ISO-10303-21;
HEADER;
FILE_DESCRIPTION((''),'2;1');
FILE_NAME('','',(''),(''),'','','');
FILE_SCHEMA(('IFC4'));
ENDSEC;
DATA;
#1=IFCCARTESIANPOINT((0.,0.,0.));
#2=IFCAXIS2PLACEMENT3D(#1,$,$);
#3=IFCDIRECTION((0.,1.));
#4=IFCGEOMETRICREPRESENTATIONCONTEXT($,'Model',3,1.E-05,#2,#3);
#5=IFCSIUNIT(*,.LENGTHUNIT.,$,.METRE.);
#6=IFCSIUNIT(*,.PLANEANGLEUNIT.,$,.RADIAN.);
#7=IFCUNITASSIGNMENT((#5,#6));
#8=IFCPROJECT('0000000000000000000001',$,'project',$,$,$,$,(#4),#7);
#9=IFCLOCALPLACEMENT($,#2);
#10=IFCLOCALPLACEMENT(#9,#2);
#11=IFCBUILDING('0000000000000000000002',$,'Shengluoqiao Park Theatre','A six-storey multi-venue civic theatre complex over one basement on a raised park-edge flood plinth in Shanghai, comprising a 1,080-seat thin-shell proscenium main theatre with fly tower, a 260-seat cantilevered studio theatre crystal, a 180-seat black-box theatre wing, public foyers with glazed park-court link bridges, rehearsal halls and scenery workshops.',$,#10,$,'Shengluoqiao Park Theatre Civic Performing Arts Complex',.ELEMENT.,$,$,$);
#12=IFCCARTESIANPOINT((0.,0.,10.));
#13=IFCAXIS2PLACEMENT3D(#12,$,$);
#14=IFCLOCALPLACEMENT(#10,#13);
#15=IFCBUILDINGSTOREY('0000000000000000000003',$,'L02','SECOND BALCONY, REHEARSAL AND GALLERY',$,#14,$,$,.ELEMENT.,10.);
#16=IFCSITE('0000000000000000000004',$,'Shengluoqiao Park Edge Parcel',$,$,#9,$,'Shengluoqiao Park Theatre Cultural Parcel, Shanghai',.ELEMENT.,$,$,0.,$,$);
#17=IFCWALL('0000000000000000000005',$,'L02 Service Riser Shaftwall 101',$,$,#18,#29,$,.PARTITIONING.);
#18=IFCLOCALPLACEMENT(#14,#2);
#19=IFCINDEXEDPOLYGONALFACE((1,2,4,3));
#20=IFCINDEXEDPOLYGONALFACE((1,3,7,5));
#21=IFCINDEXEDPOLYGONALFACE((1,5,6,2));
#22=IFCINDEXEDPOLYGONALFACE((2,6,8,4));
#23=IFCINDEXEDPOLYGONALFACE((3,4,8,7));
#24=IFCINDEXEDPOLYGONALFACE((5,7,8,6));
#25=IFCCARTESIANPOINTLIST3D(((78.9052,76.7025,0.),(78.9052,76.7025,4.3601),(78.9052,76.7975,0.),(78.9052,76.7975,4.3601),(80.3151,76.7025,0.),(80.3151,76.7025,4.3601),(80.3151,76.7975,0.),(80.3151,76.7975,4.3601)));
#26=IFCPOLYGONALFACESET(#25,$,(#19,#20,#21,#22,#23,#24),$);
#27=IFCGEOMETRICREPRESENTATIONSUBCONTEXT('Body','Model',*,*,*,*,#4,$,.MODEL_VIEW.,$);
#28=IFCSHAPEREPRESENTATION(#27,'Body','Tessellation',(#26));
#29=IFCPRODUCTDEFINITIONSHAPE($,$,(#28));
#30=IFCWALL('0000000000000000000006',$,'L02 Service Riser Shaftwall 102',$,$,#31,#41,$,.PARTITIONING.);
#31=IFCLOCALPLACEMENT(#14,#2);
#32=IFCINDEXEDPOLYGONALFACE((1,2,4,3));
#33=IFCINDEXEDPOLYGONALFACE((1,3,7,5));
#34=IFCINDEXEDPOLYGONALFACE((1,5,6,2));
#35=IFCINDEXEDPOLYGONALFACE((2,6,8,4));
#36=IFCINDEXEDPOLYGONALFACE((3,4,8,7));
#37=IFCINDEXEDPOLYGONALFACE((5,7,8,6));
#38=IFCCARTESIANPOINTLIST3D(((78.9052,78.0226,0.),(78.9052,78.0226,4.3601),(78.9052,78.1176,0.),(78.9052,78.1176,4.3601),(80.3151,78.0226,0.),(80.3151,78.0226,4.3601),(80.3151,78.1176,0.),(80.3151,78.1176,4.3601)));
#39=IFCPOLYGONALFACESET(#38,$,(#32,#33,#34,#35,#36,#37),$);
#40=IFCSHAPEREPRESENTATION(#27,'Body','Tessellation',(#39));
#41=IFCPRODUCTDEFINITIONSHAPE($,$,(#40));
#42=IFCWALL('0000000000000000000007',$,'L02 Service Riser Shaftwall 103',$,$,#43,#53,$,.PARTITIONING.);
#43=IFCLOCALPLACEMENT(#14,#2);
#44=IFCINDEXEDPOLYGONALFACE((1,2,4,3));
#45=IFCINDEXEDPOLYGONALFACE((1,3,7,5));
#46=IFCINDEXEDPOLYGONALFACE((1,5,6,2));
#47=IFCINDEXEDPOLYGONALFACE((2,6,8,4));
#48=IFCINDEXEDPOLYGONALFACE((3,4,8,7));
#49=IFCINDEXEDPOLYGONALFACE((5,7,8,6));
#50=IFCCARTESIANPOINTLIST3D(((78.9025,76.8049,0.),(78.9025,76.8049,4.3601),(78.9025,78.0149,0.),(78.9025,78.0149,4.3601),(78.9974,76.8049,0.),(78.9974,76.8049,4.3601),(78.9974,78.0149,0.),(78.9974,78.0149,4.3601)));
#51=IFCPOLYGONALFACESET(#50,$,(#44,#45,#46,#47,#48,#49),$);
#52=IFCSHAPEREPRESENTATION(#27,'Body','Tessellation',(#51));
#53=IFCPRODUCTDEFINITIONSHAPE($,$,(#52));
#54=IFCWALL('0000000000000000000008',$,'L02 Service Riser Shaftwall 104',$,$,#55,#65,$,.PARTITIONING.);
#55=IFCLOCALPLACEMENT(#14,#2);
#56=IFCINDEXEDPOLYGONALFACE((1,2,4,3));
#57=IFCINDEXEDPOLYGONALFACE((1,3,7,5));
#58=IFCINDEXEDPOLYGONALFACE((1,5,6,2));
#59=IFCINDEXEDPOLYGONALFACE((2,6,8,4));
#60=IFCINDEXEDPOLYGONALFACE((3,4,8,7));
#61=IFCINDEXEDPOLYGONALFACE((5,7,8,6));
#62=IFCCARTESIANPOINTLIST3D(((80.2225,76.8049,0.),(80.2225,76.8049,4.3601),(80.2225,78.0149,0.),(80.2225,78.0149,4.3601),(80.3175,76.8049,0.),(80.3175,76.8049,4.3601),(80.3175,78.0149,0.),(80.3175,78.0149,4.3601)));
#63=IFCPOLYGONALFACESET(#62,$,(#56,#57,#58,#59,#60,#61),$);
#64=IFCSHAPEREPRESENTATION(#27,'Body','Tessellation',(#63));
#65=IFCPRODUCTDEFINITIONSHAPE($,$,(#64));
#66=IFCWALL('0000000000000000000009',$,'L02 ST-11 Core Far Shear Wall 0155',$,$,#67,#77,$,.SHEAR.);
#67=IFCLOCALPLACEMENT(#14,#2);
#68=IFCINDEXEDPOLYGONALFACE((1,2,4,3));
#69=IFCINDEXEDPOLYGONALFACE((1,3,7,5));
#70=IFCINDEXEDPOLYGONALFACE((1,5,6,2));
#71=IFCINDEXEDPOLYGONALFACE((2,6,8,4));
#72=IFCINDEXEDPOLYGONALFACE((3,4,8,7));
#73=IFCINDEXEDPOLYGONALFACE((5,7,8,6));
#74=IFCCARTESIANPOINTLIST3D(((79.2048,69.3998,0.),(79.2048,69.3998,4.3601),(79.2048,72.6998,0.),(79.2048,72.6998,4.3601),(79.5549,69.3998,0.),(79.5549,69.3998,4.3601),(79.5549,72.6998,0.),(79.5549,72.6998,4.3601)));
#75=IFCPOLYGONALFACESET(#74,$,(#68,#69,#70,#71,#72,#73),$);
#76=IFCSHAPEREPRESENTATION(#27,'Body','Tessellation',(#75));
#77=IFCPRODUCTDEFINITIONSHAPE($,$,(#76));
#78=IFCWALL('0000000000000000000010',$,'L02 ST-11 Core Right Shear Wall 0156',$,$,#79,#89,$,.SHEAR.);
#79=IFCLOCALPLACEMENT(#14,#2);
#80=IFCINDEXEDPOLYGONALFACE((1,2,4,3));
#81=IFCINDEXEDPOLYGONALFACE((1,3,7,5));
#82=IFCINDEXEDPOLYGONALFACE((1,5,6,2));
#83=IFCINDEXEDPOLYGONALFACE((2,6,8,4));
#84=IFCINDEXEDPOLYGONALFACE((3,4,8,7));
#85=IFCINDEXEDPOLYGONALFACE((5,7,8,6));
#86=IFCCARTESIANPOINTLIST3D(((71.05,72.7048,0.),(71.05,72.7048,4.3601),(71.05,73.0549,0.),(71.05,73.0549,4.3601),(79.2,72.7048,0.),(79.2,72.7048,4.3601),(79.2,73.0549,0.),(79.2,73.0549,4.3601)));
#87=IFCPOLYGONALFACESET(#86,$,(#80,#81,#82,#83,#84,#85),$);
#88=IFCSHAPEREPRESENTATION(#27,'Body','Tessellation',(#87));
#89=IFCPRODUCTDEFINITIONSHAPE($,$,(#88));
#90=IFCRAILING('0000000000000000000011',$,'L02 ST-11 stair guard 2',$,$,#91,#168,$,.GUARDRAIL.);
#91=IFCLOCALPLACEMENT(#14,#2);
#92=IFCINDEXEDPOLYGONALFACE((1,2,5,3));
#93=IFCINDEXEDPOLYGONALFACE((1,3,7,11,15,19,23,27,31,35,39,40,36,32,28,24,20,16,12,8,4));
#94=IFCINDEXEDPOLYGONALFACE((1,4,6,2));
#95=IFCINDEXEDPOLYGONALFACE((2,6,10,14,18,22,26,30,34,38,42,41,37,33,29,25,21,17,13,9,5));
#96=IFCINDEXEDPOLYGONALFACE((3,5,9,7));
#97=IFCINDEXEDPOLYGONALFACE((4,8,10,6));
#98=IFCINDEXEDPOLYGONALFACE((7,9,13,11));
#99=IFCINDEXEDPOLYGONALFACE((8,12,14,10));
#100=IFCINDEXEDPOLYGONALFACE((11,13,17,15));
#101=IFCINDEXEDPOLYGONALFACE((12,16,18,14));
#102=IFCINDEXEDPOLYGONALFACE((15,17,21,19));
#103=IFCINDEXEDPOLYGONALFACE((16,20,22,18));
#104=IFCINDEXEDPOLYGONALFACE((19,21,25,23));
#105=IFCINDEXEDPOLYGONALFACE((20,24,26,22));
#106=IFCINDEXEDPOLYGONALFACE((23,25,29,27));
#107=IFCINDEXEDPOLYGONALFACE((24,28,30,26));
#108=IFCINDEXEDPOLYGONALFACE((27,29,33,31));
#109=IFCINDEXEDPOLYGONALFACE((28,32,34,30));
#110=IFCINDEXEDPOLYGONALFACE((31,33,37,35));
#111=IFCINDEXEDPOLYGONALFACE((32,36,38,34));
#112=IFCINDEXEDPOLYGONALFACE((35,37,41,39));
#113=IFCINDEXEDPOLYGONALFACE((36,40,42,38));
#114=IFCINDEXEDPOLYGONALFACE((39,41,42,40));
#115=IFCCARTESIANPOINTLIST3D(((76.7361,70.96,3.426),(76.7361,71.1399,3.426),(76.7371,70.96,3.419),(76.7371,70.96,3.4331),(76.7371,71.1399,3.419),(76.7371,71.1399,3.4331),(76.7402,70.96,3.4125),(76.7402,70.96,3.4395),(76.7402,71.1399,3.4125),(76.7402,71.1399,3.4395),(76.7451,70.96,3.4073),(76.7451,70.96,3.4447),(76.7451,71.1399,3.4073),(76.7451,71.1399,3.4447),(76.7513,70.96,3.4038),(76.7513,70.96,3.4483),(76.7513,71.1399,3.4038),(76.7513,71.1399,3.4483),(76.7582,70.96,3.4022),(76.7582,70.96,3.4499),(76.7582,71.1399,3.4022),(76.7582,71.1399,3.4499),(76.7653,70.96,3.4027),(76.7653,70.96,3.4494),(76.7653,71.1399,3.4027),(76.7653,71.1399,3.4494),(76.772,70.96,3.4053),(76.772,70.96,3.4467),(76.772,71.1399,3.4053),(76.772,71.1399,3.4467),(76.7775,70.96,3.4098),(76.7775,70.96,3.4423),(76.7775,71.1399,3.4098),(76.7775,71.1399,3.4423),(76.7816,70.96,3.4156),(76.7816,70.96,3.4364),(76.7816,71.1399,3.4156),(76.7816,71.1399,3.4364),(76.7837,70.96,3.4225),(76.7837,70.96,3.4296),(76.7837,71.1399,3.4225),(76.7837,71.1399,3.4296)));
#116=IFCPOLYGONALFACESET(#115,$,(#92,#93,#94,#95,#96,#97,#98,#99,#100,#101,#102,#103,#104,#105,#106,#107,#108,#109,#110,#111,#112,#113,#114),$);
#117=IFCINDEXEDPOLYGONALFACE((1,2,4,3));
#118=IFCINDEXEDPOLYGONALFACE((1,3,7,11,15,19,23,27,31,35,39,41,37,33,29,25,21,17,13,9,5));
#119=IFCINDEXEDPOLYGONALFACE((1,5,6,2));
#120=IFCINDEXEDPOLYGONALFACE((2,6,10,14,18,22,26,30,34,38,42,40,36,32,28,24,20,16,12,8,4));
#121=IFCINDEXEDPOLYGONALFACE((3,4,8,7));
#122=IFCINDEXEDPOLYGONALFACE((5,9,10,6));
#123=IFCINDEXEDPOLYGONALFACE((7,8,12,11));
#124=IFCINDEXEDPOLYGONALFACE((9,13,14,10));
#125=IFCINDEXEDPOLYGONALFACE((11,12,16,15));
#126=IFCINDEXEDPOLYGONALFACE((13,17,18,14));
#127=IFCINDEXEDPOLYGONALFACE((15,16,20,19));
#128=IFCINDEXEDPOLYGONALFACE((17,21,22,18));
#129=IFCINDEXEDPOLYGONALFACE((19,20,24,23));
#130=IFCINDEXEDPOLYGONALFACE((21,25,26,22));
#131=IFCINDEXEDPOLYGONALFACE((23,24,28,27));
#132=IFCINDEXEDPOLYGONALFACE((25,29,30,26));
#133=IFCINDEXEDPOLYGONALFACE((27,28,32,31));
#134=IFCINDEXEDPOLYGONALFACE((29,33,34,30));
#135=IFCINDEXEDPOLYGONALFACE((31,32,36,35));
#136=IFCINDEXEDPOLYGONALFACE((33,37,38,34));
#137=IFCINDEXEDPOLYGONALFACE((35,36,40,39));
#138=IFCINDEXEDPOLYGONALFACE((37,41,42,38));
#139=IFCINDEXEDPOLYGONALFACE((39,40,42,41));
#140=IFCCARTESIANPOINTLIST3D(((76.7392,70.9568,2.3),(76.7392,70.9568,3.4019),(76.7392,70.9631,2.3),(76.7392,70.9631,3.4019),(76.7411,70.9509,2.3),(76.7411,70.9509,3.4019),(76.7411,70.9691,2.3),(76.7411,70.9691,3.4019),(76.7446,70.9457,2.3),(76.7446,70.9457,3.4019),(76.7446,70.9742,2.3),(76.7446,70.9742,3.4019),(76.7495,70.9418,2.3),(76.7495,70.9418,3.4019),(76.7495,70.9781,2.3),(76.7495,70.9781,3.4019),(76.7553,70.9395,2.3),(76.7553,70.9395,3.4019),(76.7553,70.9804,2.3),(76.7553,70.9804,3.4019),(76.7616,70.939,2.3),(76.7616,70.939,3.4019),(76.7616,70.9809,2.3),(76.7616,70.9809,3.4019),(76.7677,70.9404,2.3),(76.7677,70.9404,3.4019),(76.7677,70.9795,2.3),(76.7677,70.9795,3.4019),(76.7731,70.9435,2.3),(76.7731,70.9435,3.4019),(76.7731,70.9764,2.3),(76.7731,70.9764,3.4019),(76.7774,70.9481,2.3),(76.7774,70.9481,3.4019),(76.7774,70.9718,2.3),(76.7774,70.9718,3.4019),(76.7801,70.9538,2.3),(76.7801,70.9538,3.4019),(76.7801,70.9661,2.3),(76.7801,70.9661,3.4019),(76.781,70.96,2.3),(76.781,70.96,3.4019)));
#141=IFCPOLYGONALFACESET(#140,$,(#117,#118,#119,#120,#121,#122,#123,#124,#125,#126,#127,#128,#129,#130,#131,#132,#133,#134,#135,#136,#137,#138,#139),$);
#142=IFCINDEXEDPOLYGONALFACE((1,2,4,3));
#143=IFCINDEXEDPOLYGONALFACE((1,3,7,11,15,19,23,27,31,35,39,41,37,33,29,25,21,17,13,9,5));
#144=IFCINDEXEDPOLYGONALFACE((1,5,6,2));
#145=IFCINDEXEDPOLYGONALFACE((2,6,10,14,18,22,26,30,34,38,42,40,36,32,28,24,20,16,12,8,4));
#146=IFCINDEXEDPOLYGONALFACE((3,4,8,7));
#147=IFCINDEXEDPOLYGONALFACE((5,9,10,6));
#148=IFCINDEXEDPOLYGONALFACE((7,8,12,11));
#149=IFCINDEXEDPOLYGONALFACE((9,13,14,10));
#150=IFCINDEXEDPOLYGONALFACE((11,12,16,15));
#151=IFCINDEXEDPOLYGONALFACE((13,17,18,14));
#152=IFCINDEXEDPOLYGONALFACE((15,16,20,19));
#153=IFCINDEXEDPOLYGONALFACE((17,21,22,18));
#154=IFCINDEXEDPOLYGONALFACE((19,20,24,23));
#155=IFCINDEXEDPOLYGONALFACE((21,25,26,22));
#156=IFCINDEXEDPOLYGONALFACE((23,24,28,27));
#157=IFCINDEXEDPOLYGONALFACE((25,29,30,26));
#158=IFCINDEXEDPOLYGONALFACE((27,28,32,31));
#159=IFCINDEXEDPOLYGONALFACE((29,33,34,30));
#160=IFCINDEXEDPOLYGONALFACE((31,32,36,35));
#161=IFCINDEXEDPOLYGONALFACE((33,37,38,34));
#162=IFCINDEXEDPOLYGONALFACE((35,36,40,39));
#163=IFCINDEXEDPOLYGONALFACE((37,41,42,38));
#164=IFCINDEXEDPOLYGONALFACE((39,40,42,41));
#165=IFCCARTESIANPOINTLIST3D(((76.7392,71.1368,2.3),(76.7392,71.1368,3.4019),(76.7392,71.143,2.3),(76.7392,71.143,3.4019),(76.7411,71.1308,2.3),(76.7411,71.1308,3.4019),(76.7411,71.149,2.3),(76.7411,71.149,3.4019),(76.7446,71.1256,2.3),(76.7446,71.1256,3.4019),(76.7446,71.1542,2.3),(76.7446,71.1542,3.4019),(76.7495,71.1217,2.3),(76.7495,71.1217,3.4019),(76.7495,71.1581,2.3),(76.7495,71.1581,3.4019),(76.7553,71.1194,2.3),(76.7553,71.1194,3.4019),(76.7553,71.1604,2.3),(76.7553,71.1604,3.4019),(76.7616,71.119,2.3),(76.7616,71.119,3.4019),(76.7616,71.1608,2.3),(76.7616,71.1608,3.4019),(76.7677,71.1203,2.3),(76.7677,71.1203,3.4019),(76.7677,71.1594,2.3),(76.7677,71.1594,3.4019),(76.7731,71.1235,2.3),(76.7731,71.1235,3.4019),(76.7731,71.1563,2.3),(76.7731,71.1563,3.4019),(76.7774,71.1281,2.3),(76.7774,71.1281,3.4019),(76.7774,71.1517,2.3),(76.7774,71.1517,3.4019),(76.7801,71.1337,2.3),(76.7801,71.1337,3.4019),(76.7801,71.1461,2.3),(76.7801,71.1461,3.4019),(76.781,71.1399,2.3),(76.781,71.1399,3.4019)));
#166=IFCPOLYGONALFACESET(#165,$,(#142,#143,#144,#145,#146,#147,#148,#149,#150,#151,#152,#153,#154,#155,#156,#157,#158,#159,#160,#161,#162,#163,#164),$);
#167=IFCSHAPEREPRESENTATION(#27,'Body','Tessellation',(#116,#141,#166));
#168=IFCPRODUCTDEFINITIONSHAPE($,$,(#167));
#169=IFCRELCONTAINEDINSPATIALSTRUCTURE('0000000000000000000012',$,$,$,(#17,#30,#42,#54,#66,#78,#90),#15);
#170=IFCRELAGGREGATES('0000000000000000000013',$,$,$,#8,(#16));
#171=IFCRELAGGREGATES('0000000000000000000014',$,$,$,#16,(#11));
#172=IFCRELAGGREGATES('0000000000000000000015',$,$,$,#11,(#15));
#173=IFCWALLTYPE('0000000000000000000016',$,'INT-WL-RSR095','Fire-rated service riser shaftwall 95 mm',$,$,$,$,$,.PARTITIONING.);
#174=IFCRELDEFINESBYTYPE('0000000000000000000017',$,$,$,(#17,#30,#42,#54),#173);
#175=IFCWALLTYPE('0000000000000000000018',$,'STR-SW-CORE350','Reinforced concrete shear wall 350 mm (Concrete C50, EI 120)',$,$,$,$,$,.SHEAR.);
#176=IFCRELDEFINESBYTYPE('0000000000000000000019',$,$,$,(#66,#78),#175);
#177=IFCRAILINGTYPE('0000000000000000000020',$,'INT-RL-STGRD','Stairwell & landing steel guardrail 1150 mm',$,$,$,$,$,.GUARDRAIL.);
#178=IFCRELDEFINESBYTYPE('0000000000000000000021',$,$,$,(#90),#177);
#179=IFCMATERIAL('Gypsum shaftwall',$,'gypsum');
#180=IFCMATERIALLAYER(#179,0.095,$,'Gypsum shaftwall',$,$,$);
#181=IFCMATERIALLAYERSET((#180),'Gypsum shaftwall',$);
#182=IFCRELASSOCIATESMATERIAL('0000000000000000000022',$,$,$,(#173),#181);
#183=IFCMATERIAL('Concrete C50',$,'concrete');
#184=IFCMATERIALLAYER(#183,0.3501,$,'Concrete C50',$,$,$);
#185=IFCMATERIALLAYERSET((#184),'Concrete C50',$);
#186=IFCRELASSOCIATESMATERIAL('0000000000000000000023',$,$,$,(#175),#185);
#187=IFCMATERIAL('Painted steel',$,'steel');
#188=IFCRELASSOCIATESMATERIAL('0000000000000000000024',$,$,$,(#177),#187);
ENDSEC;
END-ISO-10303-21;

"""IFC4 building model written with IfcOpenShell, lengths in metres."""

from ifc_helpers import new_model, si_unit, direction, frame, frame_2d, origin, origin_2d, place, context, subcontext, project, spatial, rectangle, circle, extrude, material, layer, layer_set, type_object, element, save


model = new_model("IFC4")

# Units and contexts
model_context = context("Model", 3, precision=1e-05, world=origin(), true_north=direction((0.0, 1.0)))
body_context = subcontext(model_context, "Body", "Model", "MODEL_VIEW")
ifc_project = project(units=[si_unit("LENGTHUNIT", "METRE"), si_unit("PLANEANGLEUNIT", "RADIAN")], contexts=[model_context])

# Site, building, storey
site_placement = place(None, origin())
site = spatial("IfcSite", under=ifc_project, at=site_placement, Name="Shengluoqiao Park Edge Parcel", LongName="Shengluoqiao Park Theatre Cultural Parcel, Shanghai", CompositionType="ELEMENT", RefElevation=0.0)
building_placement = place(site_placement, origin())
building = spatial("IfcBuilding", under=site, at=building_placement, Name="Shengluoqiao Park Theatre", Description="A six-storey multi-venue civic theatre complex over one basement on a raised park-edge flood plinth in Shanghai, comprising a 1,080-seat thin-shell proscenium main theatre with fly tower, a 260-seat cantilevered studio theatre crystal, a 180-seat black-box theatre wing, public foyers with glazed park-court link bridges, rehearsal halls and scenery workshops.", LongName="Shengluoqiao Park Theatre Civic Performing Arts Complex", CompositionType="ELEMENT")
storey_placement = place(building_placement, frame((0.0, 0.0, 10.0)))
storey = spatial("IfcBuildingStorey", under=building, at=storey_placement, Name="L02", Description="SECOND BALCONY, REHEARSAL AND GALLERY", CompositionType="ELEMENT", Elevation=10.0)

# Shared definitions
ifc_material_1 = material(Name="Concrete C50", Category="concrete")

# Walls
ifc_material_2 = material(Name="Gypsum shaftwall", Category="gypsum")
ifc_layer_1 = layer(ifc_material_2, 0.095, Name="Gypsum shaftwall")
ifc_layer_set_1 = layer_set([ifc_layer_1], Name="Gypsum shaftwall")
wall_type_1 = type_object("IfcWallType", Name="INT-WL-RSR095", Description="Fire-rated service riser shaftwall 95 mm", PredefinedType="PARTITIONING", material=ifc_layer_set_1)
for number, where, z_axis, x_axis, name in (
    (1, (78.905, 76.75, 0.0), (0.0, 0.0, 1.0), (1.0, 0.0, 0.0), "L02 Service Riser Shaftwall 101"),
    (2, (78.905, 78.0701, 0.0), (0.0, 0.0, 1.0), (1.0, 0.0, 0.0), "L02 Service Riser Shaftwall 102"),
):
    element("IfcWall", number, at=place(storey_placement, frame(where, z_axis=z_axis, x_axis=x_axis)), inside=storey, type_object=wall_type_1, Name=name, PredefinedType="PARTITIONING", context=body_context, shape_type="SweptSolid", body=[
        extrude(rectangle(XDim=1.4099, YDim=0.095, at=frame_2d((0.7051, 0.0))), origin(), (0.0, 0.0, 1.0), 4.3601),
    ])
for number, where, z_axis, x_axis, name in (
    (3, (78.95, 76.8049, 0.0), (0.0, 0.0, 1.0), (0.0, 1.0, 0.0), "L02 Service Riser Shaftwall 103"),
    (4, (80.27, 76.8049, 0.0), (0.0, 0.0, 1.0), (0.0, 1.0, 0.0), "L02 Service Riser Shaftwall 104"),
):
    element("IfcWall", number, at=place(storey_placement, frame(where, z_axis=z_axis, x_axis=x_axis)), inside=storey, type_object=wall_type_1, Name=name, PredefinedType="PARTITIONING", context=body_context, shape_type="SweptSolid", body=[
        extrude(rectangle(XDim=1.21, YDim=0.095, at=frame_2d((0.605, 0.0))), origin(), (0.0, 0.0, 1.0), 4.3601),
    ])
ifc_layer_2 = layer(ifc_material_1, 0.3501, Name="Concrete C50")
ifc_layer_set_2 = layer_set([ifc_layer_2], Name="Concrete C50")
wall_type_2 = type_object("IfcWallType", Name="STR-SW-CORE350", Description="Reinforced concrete shear wall 350 mm (Concrete C50, EI 120)", PredefinedType="SHEAR", material=ifc_layer_set_2)
wall_1_placement = place(storey_placement, frame((79.3799, 69.3999, 0.0), z_axis=(0.0, 0.0, 1.0), x_axis=(0.0, 1.0, 0.0)))
element("IfcWall", 5, at=wall_1_placement, inside=storey, type_object=wall_type_2, Name="L02 ST-11 Core Far Shear Wall 0155", PredefinedType="SHEAR", context=body_context, shape_type="SweptSolid", body=[
    extrude(rectangle(XDim=3.3, YDim=0.3501, at=frame_2d((1.6499, 0.0))), origin(), (0.0, 0.0, 1.0), 4.3601),
])
wall_2_placement = place(storey_placement, frame((79.2, 72.8799, 0.0), z_axis=(0.0, 0.0, 1.0), x_axis=(-1.0, 0.0, 0.0)))
element("IfcWall", 6, at=wall_2_placement, inside=storey, type_object=wall_type_2, Name="L02 ST-11 Core Right Shear Wall 0156", PredefinedType="SHEAR", context=body_context, shape_type="SweptSolid", body=[
    extrude(rectangle(XDim=8.1499, YDim=0.3501, at=frame_2d((4.075, 0.0))), origin(), (0.0, 0.0, 1.0), 4.3601),
])

# Railing
ifc_material_3 = material(Name="Painted steel", Category="steel")
railing_type_1 = type_object("IfcRailingType", Name="INT-RL-STGRD", Description="Stairwell & landing steel guardrail 1150 mm", PredefinedType="GUARDRAIL", material=ifc_material_3)
railing_1_placement = place(storey_placement, frame((76.76, 70.96, 2.3)))
element("IfcRailing", 7, at=railing_1_placement, inside=storey, type_object=railing_type_1, Name="L02 ST-11 stair guard 2", PredefinedType="GUARDRAIL", context=body_context, shape_type="SweptSolid", body=[
    extrude(circle(Radius=0.0239, at=origin_2d()), frame((0.0, 0.0, 1.126), z_axis=(0.0, 1.0, 0.0), x_axis=(-1.0, 0.0, 0.0)), (0.0, 0.0, 1.0), 0.1799),
    extrude(circle(Radius=0.021, at=origin_2d()), origin(), (0.0, 0.0, 1.0), 1.1018),
    extrude(circle(Radius=0.021, at=origin_2d()), frame((0.0, 0.1799, 0.0)), (0.0, 0.0, 1.0), 1.1018),
])

save(model, "model.ifc")
